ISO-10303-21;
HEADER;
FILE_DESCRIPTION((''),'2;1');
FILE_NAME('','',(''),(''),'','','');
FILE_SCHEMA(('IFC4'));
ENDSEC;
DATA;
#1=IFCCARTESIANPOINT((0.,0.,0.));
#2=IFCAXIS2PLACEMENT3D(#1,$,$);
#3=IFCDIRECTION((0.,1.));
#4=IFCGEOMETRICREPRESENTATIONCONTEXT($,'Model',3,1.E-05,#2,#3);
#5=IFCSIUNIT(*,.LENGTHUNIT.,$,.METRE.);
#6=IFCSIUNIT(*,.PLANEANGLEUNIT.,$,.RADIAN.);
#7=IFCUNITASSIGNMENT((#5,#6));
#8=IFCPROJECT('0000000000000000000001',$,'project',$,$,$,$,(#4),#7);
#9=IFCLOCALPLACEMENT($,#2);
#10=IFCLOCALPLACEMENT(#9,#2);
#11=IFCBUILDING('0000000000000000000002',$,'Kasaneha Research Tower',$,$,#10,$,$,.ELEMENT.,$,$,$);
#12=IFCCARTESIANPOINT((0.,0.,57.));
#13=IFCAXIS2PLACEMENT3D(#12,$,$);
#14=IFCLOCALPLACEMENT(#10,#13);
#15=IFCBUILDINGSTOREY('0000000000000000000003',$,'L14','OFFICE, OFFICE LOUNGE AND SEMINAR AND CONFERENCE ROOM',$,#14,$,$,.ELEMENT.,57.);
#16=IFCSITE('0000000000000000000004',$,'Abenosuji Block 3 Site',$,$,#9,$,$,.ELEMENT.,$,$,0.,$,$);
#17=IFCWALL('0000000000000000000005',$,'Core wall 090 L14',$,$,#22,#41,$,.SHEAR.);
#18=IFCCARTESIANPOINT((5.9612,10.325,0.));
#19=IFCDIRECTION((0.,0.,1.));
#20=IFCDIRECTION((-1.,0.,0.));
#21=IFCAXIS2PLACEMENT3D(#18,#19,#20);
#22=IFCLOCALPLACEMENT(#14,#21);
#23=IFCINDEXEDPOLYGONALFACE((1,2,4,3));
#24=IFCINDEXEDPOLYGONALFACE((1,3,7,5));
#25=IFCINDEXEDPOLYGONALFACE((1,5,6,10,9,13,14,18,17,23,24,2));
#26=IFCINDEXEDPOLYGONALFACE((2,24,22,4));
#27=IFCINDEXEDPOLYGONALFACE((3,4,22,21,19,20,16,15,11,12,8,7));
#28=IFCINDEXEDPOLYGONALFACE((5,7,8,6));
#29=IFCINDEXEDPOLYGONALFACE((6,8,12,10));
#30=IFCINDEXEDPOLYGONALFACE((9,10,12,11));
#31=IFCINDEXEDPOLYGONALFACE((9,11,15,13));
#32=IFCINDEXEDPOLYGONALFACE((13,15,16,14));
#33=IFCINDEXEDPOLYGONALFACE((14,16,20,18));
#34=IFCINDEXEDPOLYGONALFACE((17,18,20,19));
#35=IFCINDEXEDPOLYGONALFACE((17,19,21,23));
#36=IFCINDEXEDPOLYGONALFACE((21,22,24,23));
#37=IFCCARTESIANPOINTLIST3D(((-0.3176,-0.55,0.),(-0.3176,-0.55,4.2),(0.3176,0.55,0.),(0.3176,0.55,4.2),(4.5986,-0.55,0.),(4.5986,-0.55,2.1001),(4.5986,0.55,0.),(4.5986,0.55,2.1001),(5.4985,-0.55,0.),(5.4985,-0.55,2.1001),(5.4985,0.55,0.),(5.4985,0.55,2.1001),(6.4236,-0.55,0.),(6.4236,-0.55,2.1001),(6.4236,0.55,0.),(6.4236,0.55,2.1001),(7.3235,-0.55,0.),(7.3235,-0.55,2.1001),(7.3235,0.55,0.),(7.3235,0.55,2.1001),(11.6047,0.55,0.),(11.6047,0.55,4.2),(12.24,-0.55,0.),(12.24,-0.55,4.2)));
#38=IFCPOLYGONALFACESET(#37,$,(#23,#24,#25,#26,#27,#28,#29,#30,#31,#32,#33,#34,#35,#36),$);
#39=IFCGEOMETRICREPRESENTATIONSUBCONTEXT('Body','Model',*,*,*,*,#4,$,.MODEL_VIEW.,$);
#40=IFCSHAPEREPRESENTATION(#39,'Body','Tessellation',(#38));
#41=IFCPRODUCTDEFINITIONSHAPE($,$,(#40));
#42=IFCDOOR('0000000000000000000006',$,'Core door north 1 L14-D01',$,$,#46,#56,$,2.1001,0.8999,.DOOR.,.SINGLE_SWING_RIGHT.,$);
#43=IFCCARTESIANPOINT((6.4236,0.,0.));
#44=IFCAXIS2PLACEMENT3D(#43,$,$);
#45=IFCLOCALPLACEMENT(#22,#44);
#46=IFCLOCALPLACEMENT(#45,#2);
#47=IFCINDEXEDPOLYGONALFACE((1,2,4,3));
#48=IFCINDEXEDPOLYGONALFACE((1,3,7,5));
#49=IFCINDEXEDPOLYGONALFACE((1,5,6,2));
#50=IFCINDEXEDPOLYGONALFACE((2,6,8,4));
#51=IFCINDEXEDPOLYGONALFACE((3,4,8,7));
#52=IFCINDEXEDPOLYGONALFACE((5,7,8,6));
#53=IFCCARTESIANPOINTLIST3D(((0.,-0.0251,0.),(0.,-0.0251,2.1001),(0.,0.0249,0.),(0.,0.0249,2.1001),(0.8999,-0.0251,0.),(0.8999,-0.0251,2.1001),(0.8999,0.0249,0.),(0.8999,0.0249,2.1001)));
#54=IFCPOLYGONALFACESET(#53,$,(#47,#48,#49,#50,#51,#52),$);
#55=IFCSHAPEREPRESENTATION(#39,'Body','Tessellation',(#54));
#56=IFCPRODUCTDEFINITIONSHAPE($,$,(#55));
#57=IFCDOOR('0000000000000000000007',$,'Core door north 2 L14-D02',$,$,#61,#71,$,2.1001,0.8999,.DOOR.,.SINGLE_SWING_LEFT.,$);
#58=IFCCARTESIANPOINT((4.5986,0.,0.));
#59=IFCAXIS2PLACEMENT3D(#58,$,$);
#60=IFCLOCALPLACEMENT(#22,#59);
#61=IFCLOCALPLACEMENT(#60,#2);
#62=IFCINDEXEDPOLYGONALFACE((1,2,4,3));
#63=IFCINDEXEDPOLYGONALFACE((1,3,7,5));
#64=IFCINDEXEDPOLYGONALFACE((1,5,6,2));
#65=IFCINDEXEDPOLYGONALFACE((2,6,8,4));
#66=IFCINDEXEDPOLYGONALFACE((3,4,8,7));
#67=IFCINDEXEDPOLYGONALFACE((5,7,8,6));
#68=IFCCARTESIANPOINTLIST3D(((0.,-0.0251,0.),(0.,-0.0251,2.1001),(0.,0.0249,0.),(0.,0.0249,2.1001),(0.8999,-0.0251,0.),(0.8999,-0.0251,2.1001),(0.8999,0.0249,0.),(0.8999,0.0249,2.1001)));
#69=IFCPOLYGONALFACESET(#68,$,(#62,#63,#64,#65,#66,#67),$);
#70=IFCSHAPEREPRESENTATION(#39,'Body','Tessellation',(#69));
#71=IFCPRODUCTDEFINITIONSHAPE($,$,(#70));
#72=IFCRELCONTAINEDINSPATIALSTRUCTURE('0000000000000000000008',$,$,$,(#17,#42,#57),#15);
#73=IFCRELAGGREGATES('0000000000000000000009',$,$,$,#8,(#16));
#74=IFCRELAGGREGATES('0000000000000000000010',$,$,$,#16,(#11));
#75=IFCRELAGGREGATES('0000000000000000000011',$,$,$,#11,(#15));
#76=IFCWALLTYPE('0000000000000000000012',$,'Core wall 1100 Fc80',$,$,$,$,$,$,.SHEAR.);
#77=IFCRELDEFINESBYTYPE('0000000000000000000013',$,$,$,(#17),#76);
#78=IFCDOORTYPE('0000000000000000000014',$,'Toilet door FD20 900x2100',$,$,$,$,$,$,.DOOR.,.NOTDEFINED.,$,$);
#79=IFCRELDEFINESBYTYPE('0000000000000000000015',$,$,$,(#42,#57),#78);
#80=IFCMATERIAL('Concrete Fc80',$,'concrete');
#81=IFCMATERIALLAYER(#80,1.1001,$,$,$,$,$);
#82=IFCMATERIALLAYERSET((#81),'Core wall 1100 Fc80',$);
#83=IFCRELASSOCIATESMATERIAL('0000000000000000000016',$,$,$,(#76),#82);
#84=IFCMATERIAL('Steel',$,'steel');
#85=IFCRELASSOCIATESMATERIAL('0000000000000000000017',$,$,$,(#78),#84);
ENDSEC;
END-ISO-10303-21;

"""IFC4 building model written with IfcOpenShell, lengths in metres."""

from ifc_helpers import new_model, si_unit, direction, frame, frame_2d, origin, place, context, subcontext, project, spatial, polyline, rectangle, outline, extrude, material, layer, layer_set, type_object, element, fill, save


model = new_model("IFC4")

# Units and contexts
model_context = context("Model", 3, precision=1e-05, world=origin(), true_north=direction((0.0, 1.0)))
body_context = subcontext(model_context, "Body", "Model", "MODEL_VIEW")
ifc_project = project(units=[si_unit("LENGTHUNIT", "METRE"), si_unit("PLANEANGLEUNIT", "RADIAN")], contexts=[model_context])

# Site, building, storey
site_placement = place(None, origin())
site = spatial("IfcSite", under=ifc_project, at=site_placement, Name="Abenosuji Block 3 Site", CompositionType="ELEMENT", RefElevation=0.0)
building_placement = place(site_placement, origin())
building = spatial("IfcBuilding", under=site, at=building_placement, Name="Kasaneha Research Tower", CompositionType="ELEMENT")
storey_placement = place(building_placement, frame((0.0, 0.0, 57.0)))
storey = spatial("IfcBuildingStorey", under=building, at=storey_placement, Name="L14", Description="OFFICE, OFFICE LOUNGE AND SEMINAR AND CONFERENCE ROOM", CompositionType="ELEMENT", Elevation=57.0)

# Wall, openings, doors
ifc_material_1 = material(Name="Concrete Fc80", Category="concrete")
ifc_layer_1 = layer(ifc_material_1, 1.1001)
ifc_layer_set_1 = layer_set([ifc_layer_1], Name="Core wall 1100 Fc80")
wall_type_1 = type_object("IfcWallType", Name="Core wall 1100 Fc80", PredefinedType="SHEAR", material=ifc_layer_set_1)
wall_1_placement = place(storey_placement, frame((5.9612, 10.325, 0.0), z_axis=(0.0, 0.0, 1.0), x_axis=(-1.0, 0.0, 0.0)))
wall_1 = element("IfcWall", 1, at=wall_1_placement, inside=storey, type_object=wall_type_1, Name="Core wall 090 L14", PredefinedType="SHEAR", context=body_context, shape_type="SweptSolid", body=[
    extrude(outline(polyline([(-0.3176, -0.55), (4.5986, -0.55), (5.4985, -0.55), (6.4236, -0.55), (7.3235, -0.55), (12.24, -0.55), (11.6047, 0.55), (7.3235, 0.55), (6.4236, 0.55), (5.4985, 0.55), (4.5986, 0.55), (0.3176, 0.55), (-0.3176, -0.55)])), origin(), (0.0, 0.0, 1.0), 4.2),
])
opening_1_placement = place(wall_1_placement, frame((6.4236, 0.0, 0.0)))
opening_1 = element("IfcOpeningElement", 2, at=opening_1_placement, cuts=wall_1, PredefinedType="OPENING", context=body_context, shape_type="SweptSolid", body=[
    extrude(rectangle(XDim=0.8999, YDim=2.1001, at=frame_2d((0.45, 1.05))), frame((0.0, 0.5601, 0.0), z_axis=(0.0, -1.0, 0.0), x_axis=(1.0, 0.0, 0.0)), (0.0, 0.0, 1.0), 1.1201),
])
opening_2_placement = place(wall_1_placement, frame((4.5986, 0.0, 0.0)))
opening_2 = element("IfcOpeningElement", 3, at=opening_2_placement, cuts=wall_1, PredefinedType="OPENING", context=body_context, shape_type="SweptSolid", body=[
    extrude(rectangle(XDim=0.8999, YDim=2.1001, at=frame_2d((0.45, 1.05))), frame((0.0, 0.5601, 0.0), z_axis=(0.0, -1.0, 0.0), x_axis=(1.0, 0.0, 0.0)), (0.0, 0.0, 1.0), 1.1201),
])
ifc_material_2 = material(Name="Steel", Category="steel")
door_type_1 = type_object("IfcDoorType", Name="Toilet door FD20 900x2100", OperationType="NOTDEFINED", PredefinedType="DOOR", material=ifc_material_2)
door_1_placement = place(opening_1_placement, origin())
door_1 = element("IfcDoor", 4, at=door_1_placement, inside=storey, type_object=door_type_1, Name="Core door north 1 L14-D01", OperationType="SINGLE_SWING_RIGHT", OverallHeight=2.1001, OverallWidth=0.8999, PredefinedType="DOOR", context=body_context, shape_type="SweptSolid", body=[
    extrude(rectangle(XDim=0.8999, YDim=2.1001, at=frame_2d((0.45, 1.05))), frame((0.0, 0.0249, 0.0), z_axis=(0.0, -1.0, 0.0), x_axis=(1.0, 0.0, 0.0)), (0.0, 0.0, 1.0), 0.05),
])
fill(opening_1, door_1)
door_2_placement = place(opening_2_placement, origin())
door_2 = element("IfcDoor", 5, at=door_2_placement, inside=storey, type_object=door_type_1, Name="Core door north 2 L14-D02", OperationType="SINGLE_SWING_LEFT", OverallHeight=2.1001, OverallWidth=0.8999, PredefinedType="DOOR", context=body_context, shape_type="SweptSolid", body=[
    extrude(rectangle(XDim=0.8999, YDim=2.1001, at=frame_2d((0.45, 1.05))), frame((0.0, 0.0249, 0.0), z_axis=(0.0, -1.0, 0.0), x_axis=(1.0, 0.0, 0.0)), (0.0, 0.0, 1.0), 0.05),
])
fill(opening_2, door_2)

save(model, "model.ifc")
